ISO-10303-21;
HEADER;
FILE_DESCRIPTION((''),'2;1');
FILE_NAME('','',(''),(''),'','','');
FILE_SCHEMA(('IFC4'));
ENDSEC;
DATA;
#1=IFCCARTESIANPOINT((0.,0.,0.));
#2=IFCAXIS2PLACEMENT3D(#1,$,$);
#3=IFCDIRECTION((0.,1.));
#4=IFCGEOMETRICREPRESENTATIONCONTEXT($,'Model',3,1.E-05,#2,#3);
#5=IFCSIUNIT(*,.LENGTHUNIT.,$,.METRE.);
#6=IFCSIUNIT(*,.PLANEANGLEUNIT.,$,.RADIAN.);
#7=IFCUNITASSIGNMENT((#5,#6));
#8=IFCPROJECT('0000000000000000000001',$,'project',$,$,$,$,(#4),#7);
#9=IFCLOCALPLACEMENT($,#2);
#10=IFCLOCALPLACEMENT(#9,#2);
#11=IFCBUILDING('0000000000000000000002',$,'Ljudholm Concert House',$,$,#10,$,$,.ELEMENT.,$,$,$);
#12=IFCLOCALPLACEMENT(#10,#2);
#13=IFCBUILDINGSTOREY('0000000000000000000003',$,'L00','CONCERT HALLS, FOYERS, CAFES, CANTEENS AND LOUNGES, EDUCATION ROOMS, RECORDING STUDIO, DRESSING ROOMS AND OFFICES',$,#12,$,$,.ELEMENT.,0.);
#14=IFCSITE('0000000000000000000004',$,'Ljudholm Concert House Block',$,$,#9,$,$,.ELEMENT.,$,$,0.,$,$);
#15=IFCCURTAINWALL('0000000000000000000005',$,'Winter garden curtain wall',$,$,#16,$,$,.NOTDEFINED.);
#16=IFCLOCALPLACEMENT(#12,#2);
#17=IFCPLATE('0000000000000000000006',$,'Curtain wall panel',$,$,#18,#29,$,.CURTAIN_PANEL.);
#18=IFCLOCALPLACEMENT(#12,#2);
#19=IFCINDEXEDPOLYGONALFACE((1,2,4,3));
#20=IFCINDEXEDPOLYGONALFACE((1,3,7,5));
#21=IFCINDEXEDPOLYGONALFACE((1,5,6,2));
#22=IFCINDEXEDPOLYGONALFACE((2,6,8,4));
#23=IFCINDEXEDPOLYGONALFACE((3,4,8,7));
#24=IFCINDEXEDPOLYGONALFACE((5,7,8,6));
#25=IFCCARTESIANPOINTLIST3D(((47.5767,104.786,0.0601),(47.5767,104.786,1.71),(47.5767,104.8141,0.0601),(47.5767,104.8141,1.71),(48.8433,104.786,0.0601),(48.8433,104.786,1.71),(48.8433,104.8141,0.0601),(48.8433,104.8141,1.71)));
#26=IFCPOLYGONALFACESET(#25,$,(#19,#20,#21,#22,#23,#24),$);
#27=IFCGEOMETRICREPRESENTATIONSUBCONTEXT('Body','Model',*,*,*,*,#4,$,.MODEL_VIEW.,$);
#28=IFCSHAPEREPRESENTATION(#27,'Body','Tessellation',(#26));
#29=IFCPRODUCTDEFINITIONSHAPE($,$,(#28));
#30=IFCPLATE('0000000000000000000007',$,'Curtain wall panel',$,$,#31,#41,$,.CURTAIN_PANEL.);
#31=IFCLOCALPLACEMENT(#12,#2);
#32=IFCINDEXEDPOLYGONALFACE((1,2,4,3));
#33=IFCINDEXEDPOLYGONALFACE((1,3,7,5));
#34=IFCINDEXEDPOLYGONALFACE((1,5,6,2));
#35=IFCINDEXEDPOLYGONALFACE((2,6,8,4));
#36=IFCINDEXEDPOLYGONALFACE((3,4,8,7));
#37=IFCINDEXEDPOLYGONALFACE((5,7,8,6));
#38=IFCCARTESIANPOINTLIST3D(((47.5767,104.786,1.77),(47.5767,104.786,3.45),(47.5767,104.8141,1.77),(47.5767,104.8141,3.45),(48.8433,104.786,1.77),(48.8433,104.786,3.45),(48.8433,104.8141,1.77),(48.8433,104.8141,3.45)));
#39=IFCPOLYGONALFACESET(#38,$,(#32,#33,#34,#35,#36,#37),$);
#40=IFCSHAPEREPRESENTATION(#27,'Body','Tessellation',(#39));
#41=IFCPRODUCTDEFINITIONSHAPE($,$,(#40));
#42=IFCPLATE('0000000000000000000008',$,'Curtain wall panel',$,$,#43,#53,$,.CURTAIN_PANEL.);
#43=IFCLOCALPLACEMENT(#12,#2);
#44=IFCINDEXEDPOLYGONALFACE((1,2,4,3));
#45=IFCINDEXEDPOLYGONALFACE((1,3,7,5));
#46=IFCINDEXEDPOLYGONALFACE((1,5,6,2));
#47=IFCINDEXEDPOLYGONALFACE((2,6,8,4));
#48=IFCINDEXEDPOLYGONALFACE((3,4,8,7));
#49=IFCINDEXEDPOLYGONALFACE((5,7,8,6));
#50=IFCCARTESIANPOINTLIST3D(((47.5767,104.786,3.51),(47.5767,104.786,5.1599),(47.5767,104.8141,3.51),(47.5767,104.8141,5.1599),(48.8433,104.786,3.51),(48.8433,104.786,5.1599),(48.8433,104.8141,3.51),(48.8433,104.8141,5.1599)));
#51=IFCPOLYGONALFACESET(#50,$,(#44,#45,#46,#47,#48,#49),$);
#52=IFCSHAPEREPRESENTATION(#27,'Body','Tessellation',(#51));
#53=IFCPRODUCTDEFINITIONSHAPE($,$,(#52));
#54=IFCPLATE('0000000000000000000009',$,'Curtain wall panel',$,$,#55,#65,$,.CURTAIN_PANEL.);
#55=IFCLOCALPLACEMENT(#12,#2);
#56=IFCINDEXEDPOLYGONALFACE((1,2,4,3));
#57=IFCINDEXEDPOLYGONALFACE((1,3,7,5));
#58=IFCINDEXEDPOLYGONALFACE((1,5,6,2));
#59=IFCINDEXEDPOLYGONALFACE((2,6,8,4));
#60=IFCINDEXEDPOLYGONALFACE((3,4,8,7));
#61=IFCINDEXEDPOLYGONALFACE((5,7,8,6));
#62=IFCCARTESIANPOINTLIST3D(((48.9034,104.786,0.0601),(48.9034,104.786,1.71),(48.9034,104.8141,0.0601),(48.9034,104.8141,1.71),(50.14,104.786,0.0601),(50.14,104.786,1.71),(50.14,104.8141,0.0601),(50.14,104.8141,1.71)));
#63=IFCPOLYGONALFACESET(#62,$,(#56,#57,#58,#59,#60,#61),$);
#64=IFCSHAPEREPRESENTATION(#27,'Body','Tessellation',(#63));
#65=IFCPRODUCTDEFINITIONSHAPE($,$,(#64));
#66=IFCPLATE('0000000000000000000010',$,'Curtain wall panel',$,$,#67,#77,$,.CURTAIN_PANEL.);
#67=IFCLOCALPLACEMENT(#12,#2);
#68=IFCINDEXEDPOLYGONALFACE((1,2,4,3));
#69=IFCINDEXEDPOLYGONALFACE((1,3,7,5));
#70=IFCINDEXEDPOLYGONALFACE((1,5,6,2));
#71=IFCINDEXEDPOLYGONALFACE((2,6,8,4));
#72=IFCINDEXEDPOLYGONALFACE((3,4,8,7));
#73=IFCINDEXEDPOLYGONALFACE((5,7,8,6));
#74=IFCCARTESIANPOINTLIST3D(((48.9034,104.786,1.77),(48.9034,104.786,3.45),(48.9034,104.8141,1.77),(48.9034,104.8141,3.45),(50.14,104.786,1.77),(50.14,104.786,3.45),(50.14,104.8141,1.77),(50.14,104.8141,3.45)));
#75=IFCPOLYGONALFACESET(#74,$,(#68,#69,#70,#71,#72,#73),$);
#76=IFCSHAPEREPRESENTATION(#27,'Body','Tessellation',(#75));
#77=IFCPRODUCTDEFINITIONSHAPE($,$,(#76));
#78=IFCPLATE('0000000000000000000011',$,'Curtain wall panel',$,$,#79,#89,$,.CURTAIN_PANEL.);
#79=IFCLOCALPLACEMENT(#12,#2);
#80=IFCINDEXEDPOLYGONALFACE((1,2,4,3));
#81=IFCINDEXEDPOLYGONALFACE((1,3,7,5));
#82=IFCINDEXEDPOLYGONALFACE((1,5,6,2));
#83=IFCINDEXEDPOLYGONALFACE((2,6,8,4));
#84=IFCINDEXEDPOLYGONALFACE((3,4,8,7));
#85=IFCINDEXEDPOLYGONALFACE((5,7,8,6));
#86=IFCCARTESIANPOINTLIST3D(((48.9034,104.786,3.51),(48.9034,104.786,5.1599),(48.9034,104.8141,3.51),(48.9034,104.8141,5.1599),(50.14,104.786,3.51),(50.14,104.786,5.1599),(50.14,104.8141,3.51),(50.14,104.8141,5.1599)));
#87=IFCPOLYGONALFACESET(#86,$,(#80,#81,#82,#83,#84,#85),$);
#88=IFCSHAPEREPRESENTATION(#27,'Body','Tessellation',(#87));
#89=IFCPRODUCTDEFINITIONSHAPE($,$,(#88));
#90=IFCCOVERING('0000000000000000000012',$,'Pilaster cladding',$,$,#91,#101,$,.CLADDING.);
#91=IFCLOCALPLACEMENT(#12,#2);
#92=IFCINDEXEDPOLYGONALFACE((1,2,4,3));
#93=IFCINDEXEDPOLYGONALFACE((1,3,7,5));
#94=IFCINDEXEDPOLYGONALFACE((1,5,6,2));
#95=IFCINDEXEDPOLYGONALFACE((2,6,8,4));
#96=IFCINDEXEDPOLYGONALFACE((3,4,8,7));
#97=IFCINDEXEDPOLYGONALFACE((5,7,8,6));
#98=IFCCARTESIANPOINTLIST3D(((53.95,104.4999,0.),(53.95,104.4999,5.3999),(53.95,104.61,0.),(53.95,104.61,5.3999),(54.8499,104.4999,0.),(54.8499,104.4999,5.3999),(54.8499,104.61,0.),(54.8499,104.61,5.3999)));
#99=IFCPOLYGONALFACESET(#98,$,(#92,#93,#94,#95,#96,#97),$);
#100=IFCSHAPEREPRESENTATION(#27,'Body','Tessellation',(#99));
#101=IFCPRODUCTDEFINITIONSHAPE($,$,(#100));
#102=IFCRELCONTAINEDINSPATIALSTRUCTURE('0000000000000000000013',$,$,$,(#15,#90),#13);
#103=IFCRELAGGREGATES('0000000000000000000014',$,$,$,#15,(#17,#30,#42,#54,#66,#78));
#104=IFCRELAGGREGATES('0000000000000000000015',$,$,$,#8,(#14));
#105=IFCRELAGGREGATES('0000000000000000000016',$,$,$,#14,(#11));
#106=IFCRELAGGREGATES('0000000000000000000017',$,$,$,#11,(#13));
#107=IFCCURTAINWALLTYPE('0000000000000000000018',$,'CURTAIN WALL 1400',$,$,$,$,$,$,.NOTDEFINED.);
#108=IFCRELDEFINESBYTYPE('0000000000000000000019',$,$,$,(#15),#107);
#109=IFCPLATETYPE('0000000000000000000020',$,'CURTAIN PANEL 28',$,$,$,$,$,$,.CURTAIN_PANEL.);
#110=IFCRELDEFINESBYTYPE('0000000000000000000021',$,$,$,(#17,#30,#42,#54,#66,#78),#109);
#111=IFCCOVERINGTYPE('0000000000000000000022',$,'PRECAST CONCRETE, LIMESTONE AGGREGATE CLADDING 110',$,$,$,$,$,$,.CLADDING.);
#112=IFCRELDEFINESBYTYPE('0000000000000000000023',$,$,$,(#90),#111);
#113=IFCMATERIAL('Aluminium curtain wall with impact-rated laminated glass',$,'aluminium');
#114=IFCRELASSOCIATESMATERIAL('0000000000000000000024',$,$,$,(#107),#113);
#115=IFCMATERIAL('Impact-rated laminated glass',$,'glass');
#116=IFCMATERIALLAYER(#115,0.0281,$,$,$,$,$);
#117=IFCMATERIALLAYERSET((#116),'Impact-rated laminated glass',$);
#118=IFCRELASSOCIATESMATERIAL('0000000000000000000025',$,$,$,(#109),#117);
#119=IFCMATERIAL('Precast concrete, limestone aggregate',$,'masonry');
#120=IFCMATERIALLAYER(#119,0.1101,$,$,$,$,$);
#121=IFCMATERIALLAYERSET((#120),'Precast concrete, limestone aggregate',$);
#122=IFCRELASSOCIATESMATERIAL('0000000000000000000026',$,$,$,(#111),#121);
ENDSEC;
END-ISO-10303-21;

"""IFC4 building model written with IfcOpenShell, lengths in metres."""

from ifc_helpers import new_model, si_unit, direction, frame, origin, origin_2d, place, context, subcontext, project, spatial, rectangle, extrude, material, layer, layer_set, type_object, element, aggregate, save


model = new_model("IFC4")

# Units and contexts
model_context = context("Model", 3, precision=1e-05, world=origin(), true_north=direction((0.0, 1.0)))
body_context = subcontext(model_context, "Body", "Model", "MODEL_VIEW")
ifc_project = project(units=[si_unit("LENGTHUNIT", "METRE"), si_unit("PLANEANGLEUNIT", "RADIAN")], contexts=[model_context])

# Site, building, storey
site_placement = place(None, origin())
site = spatial("IfcSite", under=ifc_project, at=site_placement, Name="Ljudholm Concert House Block", CompositionType="ELEMENT", RefElevation=0.0)
building_placement = place(site_placement, origin())
building = spatial("IfcBuilding", under=site, at=building_placement, Name="Ljudholm Concert House", CompositionType="ELEMENT")
storey_placement = place(building_placement, origin())
storey = spatial("IfcBuildingStorey", under=building, at=storey_placement, Name="L00", Description="CONCERT HALLS, FOYERS, CAFES, CANTEENS AND LOUNGES, EDUCATION ROOMS, RECORDING STUDIO, DRESSING ROOMS AND OFFICES", CompositionType="ELEMENT", Elevation=0.0)

# Curtain wall
ifc_material_1 = material(Name="Aluminium curtain wall with impact-rated laminated glass", Category="aluminium")
curtain_wall_type = type_object("IfcCurtainWallType", Name="CURTAIN WALL 1400", PredefinedType="NOTDEFINED", material=ifc_material_1)
curtain_wall_1_placement = place(storey_placement, origin())
curtain_wall_1 = element("IfcCurtainWall", 1, at=curtain_wall_1_placement, inside=storey, type_object=curtain_wall_type, Name="Winter garden curtain wall", PredefinedType="NOTDEFINED")

# Plates
ifc_material_2 = material(Name="Impact-rated laminated glass", Category="glass")
ifc_layer_1 = layer(ifc_material_2, 0.0281)
ifc_layer_set_1 = layer_set([ifc_layer_1], Name="Impact-rated laminated glass")
plate_type = type_object("IfcPlateType", Name="CURTAIN PANEL 28", PredefinedType="CURTAIN_PANEL", material=ifc_layer_set_1)
plate_1_placement = place(storey_placement, frame((48.21, 104.8, 0.0601), z_axis=(0.0, 0.0, 1.0), x_axis=(1.0, 0.0, 0.0)))
plate_1 = element("IfcPlate", 2, at=plate_1_placement, type_object=plate_type, Name="Curtain wall panel", PredefinedType="CURTAIN_PANEL", context=body_context, shape_type="SweptSolid", body=[
    extrude(rectangle(XDim=1.2666, YDim=0.0281, at=origin_2d()), origin(), (0.0, 0.0, 1.0), 1.6499),
])
plate_2_placement = place(storey_placement, frame((48.21, 104.8, 1.77), z_axis=(0.0, 0.0, 1.0), x_axis=(1.0, 0.0, 0.0)))
plate_2 = element("IfcPlate", 3, at=plate_2_placement, type_object=plate_type, Name="Curtain wall panel", PredefinedType="CURTAIN_PANEL", context=body_context, shape_type="SweptSolid", body=[
    extrude(rectangle(XDim=1.2666, YDim=0.0281, at=origin_2d()), origin(), (0.0, 0.0, 1.0), 1.6799),
])
plate_3_placement = place(storey_placement, frame((48.21, 104.8, 3.51), z_axis=(0.0, 0.0, 1.0), x_axis=(1.0, 0.0, 0.0)))
plate_3 = element("IfcPlate", 4, at=plate_3_placement, type_object=plate_type, Name="Curtain wall panel", PredefinedType="CURTAIN_PANEL", context=body_context, shape_type="SweptSolid", body=[
    extrude(rectangle(XDim=1.2666, YDim=0.0281, at=origin_2d()), origin(), (0.0, 0.0, 1.0), 1.6499),
])
plate_4_placement = place(storey_placement, frame((49.5217, 104.8, 0.0601), z_axis=(0.0, 0.0, 1.0), x_axis=(1.0, 0.0, 0.0)))
plate_4 = element("IfcPlate", 5, at=plate_4_placement, type_object=plate_type, Name="Curtain wall panel", PredefinedType="CURTAIN_PANEL", context=body_context, shape_type="SweptSolid", body=[
    extrude(rectangle(XDim=1.2366, YDim=0.0281, at=origin_2d()), origin(), (0.0, 0.0, 1.0), 1.6499),
])
plate_5_placement = place(storey_placement, frame((49.5217, 104.8, 1.77), z_axis=(0.0, 0.0, 1.0), x_axis=(1.0, 0.0, 0.0)))
plate_5 = element("IfcPlate", 6, at=plate_5_placement, type_object=plate_type, Name="Curtain wall panel", PredefinedType="CURTAIN_PANEL", context=body_context, shape_type="SweptSolid", body=[
    extrude(rectangle(XDim=1.2366, YDim=0.0281, at=origin_2d()), origin(), (0.0, 0.0, 1.0), 1.6799),
])
plate_6_placement = place(storey_placement, frame((49.5217, 104.8, 3.51), z_axis=(0.0, 0.0, 1.0), x_axis=(1.0, 0.0, 0.0)))
plate_6 = element("IfcPlate", 7, at=plate_6_placement, type_object=plate_type, Name="Curtain wall panel", PredefinedType="CURTAIN_PANEL", context=body_context, shape_type="SweptSolid", body=[
    extrude(rectangle(XDim=1.2366, YDim=0.0281, at=origin_2d()), origin(), (0.0, 0.0, 1.0), 1.6499),
])
aggregate(curtain_wall_1, [plate_1, plate_2, plate_3, plate_4, plate_5, plate_6])

# Covering
ifc_material_3 = material(Name="Precast concrete, limestone aggregate", Category="masonry")
ifc_layer_2 = layer(ifc_material_3, 0.1101)
ifc_layer_set_2 = layer_set([ifc_layer_2], Name="Precast concrete, limestone aggregate")
covering_type = type_object("IfcCoveringType", Name="PRECAST CONCRETE, LIMESTONE AGGREGATE CLADDING 110", PredefinedType="CLADDING", material=ifc_layer_set_2)
covering_placement = place(storey_placement, frame((54.3999, 104.5549, 0.0), z_axis=(0.0, 0.0, 1.0), x_axis=(0.0, -1.0, 0.0)))
element("IfcCovering", 8, at=covering_placement, inside=storey, type_object=covering_type, Name="Pilaster cladding", PredefinedType="CLADDING", context=body_context, shape_type="SweptSolid", body=[
    extrude(rectangle(XDim=0.1101, YDim=0.8999, at=origin_2d()), origin(), (0.0, 0.0, 1.0), 5.3999),
])

save(model, "model.ifc")
